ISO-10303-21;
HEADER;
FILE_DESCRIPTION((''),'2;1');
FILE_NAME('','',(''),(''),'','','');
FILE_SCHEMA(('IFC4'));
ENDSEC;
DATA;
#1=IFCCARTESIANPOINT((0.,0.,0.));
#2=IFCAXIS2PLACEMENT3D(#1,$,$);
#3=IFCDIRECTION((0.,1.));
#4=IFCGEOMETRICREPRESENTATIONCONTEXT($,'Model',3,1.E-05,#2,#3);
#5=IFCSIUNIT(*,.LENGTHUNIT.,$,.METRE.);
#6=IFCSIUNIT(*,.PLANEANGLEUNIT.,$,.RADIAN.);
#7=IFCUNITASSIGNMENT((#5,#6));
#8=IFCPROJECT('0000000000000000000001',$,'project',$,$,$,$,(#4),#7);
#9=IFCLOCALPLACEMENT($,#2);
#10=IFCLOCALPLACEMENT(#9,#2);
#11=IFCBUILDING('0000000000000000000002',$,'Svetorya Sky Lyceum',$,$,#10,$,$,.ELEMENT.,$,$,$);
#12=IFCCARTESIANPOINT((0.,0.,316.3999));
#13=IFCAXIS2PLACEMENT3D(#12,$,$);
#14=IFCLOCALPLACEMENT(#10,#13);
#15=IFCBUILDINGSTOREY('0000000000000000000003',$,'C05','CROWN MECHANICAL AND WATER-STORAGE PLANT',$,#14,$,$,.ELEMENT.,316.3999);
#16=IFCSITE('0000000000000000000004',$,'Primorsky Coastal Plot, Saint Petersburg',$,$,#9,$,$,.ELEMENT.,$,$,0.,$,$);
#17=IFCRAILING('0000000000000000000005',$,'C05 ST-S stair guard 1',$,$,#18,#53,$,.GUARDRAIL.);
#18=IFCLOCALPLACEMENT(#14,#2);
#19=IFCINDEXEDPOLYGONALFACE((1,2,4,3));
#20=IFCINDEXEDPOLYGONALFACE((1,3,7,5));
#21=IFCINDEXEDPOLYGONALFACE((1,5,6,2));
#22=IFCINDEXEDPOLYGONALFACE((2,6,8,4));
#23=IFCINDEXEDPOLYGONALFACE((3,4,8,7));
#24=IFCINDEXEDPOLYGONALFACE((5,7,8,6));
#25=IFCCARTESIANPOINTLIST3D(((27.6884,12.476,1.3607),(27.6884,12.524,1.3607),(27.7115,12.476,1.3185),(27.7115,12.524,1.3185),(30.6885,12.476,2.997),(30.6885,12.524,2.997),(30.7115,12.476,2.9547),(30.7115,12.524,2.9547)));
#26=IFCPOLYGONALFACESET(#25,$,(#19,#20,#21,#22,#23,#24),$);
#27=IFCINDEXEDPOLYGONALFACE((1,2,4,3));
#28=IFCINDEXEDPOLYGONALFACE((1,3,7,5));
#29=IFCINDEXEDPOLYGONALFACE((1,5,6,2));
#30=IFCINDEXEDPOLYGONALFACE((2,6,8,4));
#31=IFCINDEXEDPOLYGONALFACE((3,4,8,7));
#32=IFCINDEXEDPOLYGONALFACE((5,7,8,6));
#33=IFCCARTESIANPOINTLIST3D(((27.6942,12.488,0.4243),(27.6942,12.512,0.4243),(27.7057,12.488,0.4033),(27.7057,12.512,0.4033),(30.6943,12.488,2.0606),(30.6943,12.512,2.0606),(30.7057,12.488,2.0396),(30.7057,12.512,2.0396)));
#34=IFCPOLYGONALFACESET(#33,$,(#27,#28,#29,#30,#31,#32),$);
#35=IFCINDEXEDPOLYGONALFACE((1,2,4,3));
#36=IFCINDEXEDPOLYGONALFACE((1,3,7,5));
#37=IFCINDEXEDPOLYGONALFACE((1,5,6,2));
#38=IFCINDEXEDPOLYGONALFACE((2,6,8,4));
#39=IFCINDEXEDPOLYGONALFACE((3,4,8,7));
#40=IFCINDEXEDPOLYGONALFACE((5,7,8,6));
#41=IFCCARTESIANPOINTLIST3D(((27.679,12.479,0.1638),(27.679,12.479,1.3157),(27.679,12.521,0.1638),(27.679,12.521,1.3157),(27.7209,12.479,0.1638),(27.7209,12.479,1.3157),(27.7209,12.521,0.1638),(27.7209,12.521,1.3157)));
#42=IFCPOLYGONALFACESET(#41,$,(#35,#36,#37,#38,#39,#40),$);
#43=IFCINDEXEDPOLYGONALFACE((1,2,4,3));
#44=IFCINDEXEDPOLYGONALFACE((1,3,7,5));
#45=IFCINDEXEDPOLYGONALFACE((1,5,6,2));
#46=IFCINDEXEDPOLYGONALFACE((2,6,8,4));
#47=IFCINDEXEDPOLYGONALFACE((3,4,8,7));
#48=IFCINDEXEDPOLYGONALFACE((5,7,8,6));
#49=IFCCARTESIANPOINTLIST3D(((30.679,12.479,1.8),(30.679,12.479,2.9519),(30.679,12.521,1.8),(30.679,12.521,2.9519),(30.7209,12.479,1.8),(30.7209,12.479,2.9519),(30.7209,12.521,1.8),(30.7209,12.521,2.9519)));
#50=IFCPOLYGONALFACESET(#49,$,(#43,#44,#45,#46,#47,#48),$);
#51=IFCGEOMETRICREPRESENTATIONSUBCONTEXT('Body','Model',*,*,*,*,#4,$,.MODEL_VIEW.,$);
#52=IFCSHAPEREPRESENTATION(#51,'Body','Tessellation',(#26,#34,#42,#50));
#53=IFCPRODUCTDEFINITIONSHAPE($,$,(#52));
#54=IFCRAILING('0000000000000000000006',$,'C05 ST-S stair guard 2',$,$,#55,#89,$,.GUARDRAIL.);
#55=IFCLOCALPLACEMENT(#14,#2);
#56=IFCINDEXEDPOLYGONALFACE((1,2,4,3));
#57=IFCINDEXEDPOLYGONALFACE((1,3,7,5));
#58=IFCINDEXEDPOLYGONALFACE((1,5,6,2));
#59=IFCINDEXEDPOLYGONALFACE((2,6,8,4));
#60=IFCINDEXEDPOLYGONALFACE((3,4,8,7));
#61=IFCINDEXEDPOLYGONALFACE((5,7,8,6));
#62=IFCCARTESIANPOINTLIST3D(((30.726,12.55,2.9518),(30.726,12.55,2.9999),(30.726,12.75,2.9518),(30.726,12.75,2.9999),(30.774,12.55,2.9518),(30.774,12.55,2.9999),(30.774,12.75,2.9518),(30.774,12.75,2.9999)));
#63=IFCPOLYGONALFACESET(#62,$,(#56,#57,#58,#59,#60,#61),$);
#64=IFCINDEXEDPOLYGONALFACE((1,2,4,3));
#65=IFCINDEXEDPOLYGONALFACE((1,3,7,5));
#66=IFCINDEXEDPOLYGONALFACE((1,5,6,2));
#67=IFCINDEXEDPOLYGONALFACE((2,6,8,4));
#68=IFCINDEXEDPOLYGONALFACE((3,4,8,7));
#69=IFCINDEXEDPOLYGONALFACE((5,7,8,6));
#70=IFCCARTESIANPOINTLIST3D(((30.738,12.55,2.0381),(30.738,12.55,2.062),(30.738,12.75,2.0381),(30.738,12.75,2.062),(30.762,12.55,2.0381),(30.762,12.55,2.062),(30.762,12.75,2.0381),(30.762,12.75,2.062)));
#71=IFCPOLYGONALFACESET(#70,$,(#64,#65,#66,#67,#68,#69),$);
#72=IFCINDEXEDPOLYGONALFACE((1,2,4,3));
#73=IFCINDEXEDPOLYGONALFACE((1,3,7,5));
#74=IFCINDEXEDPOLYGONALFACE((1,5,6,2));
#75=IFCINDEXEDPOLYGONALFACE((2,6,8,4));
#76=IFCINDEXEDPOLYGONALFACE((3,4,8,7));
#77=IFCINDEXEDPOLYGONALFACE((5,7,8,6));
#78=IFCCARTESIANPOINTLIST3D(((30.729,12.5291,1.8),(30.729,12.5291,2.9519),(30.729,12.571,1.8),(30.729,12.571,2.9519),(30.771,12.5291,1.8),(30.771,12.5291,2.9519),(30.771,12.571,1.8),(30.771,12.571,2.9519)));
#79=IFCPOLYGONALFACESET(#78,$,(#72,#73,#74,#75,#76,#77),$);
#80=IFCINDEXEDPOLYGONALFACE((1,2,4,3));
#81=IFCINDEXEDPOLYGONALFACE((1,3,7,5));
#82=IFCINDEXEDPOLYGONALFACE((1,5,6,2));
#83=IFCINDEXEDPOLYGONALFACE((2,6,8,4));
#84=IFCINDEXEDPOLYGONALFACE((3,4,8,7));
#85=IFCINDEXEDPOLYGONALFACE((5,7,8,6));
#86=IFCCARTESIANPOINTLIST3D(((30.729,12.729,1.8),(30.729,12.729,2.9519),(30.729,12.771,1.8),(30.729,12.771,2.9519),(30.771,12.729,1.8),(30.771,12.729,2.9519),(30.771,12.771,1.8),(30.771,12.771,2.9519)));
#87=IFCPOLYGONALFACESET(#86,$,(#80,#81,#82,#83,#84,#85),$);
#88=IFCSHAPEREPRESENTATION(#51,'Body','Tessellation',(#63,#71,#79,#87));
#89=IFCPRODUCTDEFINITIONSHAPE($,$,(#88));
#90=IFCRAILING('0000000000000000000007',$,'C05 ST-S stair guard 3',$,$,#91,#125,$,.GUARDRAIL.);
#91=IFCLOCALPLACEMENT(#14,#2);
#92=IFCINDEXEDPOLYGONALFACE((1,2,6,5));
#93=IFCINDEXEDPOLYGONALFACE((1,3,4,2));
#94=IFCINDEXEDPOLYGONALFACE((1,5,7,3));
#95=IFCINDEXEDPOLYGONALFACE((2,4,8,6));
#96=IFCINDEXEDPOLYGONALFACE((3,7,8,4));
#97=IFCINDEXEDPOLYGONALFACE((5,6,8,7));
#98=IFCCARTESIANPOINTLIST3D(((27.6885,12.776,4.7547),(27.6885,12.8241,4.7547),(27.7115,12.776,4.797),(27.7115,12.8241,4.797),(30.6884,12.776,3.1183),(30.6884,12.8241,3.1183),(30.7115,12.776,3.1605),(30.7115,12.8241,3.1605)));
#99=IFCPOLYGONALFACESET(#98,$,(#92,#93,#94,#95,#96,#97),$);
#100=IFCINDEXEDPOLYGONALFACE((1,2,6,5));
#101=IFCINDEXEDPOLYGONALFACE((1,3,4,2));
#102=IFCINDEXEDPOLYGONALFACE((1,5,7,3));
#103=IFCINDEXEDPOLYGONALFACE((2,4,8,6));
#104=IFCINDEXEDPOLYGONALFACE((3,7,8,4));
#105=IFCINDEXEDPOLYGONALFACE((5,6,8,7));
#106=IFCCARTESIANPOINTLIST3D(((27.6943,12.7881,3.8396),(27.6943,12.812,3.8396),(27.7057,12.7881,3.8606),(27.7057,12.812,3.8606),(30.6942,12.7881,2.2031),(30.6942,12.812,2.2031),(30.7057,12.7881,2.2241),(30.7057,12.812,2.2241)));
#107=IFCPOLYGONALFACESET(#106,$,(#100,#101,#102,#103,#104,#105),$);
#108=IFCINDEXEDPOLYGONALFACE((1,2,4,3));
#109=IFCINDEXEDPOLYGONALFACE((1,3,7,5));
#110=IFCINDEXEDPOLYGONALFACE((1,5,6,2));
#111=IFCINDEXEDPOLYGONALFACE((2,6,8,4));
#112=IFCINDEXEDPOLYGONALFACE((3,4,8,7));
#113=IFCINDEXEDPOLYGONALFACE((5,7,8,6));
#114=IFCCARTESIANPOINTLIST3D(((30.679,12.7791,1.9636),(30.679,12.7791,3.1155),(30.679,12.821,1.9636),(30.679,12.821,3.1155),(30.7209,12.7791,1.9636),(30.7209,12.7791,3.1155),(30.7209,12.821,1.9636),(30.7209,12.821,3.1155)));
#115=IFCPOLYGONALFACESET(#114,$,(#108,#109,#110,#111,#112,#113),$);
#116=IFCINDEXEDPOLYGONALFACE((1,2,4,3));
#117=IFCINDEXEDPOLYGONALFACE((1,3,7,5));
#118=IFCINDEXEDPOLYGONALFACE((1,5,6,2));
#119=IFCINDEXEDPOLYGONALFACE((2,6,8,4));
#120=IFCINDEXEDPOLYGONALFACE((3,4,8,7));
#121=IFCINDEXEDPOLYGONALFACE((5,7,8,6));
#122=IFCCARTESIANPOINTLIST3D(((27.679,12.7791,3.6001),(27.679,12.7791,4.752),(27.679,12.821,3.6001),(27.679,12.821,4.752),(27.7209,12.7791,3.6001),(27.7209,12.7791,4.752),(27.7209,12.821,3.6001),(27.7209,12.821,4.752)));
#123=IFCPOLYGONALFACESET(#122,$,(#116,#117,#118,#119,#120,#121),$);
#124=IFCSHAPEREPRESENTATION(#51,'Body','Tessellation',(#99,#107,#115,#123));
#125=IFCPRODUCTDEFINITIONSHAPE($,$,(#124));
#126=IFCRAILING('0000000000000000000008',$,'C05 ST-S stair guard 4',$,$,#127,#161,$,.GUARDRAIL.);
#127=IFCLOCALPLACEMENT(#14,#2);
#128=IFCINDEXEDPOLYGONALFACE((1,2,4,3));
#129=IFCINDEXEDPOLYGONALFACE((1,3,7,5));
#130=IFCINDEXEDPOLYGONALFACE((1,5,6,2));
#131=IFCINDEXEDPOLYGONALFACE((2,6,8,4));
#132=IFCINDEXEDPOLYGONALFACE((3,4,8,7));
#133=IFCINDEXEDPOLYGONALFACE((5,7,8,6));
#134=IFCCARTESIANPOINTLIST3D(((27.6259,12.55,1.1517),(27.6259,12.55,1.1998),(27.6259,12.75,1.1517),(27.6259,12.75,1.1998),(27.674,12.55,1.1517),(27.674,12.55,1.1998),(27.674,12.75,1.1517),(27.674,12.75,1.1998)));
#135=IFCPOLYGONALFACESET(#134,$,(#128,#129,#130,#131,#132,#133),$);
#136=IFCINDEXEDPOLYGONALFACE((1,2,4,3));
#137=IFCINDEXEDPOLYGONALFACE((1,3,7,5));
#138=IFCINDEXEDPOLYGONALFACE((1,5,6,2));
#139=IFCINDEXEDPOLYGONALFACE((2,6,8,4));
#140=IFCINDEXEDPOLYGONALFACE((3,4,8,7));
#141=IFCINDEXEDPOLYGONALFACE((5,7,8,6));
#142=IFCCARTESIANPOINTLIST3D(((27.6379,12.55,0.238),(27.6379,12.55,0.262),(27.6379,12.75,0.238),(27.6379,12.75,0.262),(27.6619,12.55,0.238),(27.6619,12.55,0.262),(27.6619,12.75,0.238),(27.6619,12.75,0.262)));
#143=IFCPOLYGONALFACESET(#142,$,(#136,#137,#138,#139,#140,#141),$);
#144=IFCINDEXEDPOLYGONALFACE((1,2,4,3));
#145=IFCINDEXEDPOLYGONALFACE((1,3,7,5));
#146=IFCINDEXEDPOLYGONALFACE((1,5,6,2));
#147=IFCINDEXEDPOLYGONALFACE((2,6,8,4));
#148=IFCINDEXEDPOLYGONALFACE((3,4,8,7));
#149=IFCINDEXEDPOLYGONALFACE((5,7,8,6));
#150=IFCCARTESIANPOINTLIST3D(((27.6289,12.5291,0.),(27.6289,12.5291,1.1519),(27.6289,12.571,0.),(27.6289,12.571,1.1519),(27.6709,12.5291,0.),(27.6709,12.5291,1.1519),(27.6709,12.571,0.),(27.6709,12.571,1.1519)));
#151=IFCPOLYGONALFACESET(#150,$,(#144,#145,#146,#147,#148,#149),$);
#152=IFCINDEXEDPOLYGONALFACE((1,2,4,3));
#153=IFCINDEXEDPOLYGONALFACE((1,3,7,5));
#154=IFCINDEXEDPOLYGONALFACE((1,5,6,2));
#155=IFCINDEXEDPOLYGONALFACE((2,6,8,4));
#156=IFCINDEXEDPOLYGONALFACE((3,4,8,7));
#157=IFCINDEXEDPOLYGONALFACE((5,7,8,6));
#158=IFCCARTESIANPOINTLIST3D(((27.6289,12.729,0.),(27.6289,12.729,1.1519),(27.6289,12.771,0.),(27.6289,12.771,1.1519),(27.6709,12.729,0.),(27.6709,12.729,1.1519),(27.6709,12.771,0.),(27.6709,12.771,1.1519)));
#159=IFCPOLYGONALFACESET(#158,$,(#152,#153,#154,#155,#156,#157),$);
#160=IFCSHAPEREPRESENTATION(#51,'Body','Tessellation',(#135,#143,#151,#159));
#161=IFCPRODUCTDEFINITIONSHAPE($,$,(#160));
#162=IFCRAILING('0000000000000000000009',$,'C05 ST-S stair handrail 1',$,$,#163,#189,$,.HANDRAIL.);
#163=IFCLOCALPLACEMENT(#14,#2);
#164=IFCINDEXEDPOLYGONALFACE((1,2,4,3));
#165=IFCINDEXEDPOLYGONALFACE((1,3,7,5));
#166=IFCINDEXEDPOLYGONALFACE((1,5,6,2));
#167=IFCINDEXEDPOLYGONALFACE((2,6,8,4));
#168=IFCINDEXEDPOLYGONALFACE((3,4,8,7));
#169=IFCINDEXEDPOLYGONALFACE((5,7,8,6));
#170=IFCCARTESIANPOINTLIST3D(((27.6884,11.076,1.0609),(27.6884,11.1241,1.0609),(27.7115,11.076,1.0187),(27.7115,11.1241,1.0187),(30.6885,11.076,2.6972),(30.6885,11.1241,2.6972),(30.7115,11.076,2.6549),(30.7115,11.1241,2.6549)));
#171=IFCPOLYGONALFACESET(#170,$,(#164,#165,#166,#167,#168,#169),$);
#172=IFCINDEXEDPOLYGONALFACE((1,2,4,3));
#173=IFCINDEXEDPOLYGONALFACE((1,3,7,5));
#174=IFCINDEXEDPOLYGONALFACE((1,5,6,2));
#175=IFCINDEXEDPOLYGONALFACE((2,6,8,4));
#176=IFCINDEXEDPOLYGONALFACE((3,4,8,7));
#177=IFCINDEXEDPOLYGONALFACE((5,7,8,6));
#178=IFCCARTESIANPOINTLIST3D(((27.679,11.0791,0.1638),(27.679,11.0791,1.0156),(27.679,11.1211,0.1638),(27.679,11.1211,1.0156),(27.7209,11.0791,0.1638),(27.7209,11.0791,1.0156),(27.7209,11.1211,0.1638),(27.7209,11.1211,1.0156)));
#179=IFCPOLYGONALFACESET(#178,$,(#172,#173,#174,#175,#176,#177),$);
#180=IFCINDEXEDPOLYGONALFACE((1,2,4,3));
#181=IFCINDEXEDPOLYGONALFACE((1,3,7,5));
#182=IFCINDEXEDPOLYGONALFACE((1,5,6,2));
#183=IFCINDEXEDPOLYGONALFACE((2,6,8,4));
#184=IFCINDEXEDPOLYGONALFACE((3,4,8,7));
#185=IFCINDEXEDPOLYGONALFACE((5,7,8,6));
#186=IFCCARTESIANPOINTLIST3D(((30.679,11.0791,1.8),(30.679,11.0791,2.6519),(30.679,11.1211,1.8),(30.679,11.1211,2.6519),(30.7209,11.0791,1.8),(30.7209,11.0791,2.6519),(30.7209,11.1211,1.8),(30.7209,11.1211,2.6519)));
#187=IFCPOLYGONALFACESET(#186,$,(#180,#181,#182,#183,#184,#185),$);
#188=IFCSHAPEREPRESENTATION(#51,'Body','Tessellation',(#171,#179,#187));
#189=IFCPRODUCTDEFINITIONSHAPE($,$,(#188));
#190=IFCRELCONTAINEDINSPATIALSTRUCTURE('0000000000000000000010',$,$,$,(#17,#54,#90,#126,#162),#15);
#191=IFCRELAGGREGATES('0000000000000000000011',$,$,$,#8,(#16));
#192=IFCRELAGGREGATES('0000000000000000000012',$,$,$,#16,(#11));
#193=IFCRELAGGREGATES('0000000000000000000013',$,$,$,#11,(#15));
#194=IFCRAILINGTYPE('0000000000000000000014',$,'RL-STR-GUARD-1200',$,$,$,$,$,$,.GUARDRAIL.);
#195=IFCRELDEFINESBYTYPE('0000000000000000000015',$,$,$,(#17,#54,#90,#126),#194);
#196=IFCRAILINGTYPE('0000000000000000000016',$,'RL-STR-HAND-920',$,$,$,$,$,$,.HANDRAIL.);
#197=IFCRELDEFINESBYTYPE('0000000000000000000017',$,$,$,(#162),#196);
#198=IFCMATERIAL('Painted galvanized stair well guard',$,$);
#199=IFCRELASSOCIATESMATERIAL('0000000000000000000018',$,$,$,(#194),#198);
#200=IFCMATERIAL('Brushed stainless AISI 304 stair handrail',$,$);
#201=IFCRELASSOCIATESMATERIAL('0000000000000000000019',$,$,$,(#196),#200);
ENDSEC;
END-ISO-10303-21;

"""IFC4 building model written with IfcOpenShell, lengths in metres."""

from ifc_helpers import new_model, si_unit, direction, frame, origin, origin_2d, place, context, subcontext, project, spatial, rectangle, extrude, material, type_object, element, save


model = new_model("IFC4")

# Units and contexts
model_context = context("Model", 3, precision=1e-05, world=origin(), true_north=direction((0.0, 1.0)))
body_context = subcontext(model_context, "Body", "Model", "MODEL_VIEW")
ifc_project = project(units=[si_unit("LENGTHUNIT", "METRE"), si_unit("PLANEANGLEUNIT", "RADIAN")], contexts=[model_context])

# Site, building, storey
site_placement = place(None, origin())
site = spatial("IfcSite", under=ifc_project, at=site_placement, Name="Primorsky Coastal Plot, Saint Petersburg", CompositionType="ELEMENT", RefElevation=0.0)
building_placement = place(site_placement, origin())
building = spatial("IfcBuilding", under=site, at=building_placement, Name="Svetorya Sky Lyceum", CompositionType="ELEMENT")
storey_placement = place(building_placement, frame((0.0, 0.0, 316.3999)))
storey = spatial("IfcBuildingStorey", under=building, at=storey_placement, Name="C05", Description="CROWN MECHANICAL AND WATER-STORAGE PLANT", CompositionType="ELEMENT", Elevation=316.3999)

# Railings
ifc_material_1 = material(Name="Painted galvanized stair well guard")
railing_type_1 = type_object("IfcRailingType", Name="RL-STR-GUARD-1200", PredefinedType="GUARDRAIL", material=ifc_material_1)
railing_1_placement = place(storey_placement, frame((27.7, 12.5, 0.1638)))
element("IfcRailing", 1, at=railing_1_placement, inside=storey, type_object=railing_type_1, Name="C05 ST-S stair guard 1", PredefinedType="GUARDRAIL", context=body_context, shape_type="SweptSolid", body=[
    extrude(rectangle(XDim=0.0481, YDim=0.0481, at=origin_2d()), frame((0.0, 0.0, 1.1758), z_axis=(0.877912, 0.0, 0.478822), x_axis=(0.0, 1.0, 0.0)), (0.0, 0.0, 1.0), 3.4172),
    extrude(rectangle(XDim=0.0239, YDim=0.0239, at=origin_2d()), frame((0.0, 0.0, 0.25), z_axis=(0.877912, 0.0, 0.478822), x_axis=(0.0, 1.0, 0.0)), (0.0, 0.0, 1.0), 3.4172),
    extrude(rectangle(XDim=0.042, YDim=0.042, at=origin_2d()), origin(), (0.0, 0.0, 1.0), 1.1519),
    extrude(rectangle(XDim=0.042, YDim=0.042, at=origin_2d()), frame((3.0, 0.0, 1.6362)), (0.0, 0.0, 1.0), 1.1519),
])
railing_2_placement = place(storey_placement, frame((30.75, 12.55, 1.8)))
element("IfcRailing", 2, at=railing_2_placement, inside=storey, type_object=railing_type_1, Name="C05 ST-S stair guard 2", PredefinedType="GUARDRAIL", context=body_context, shape_type="SweptSolid", body=[
    extrude(rectangle(XDim=0.0481, YDim=0.0481, at=origin_2d()), frame((0.0, 0.0, 1.1758), z_axis=(0.0, 1.0, 0.0), x_axis=(-1.0, 0.0, 0.0)), (0.0, 0.0, 1.0), 0.2),
    extrude(rectangle(XDim=0.0239, YDim=0.0239, at=origin_2d()), frame((0.0, 0.0, 0.25), z_axis=(0.0, 1.0, 0.0), x_axis=(-1.0, 0.0, 0.0)), (0.0, 0.0, 1.0), 0.2),
    extrude(rectangle(XDim=0.042, YDim=0.042, at=origin_2d()), origin(), (0.0, 0.0, 1.0), 1.1519),
    extrude(rectangle(XDim=0.042, YDim=0.042, at=origin_2d()), frame((0.0, 0.2, 0.0)), (0.0, 0.0, 1.0), 1.1519),
])
railing_3_placement = place(storey_placement, frame((30.7, 12.8, 1.9636)))
element("IfcRailing", 3, at=railing_3_placement, inside=storey, type_object=railing_type_1, Name="C05 ST-S stair guard 3", PredefinedType="GUARDRAIL", context=body_context, shape_type="SweptSolid", body=[
    extrude(rectangle(XDim=0.0481, YDim=0.0481, at=origin_2d()), frame((0.0, 0.0, 1.1758), z_axis=(-0.877882, 0.0, 0.478877), x_axis=(0.0, -1.0, 0.0)), (0.0, 0.0, 1.0), 3.4172),
    extrude(rectangle(XDim=0.0239, YDim=0.0239, at=origin_2d()), frame((0.0, 0.0, 0.25), z_axis=(-0.877882, 0.0, 0.478877), x_axis=(0.0, -1.0, 0.0)), (0.0, 0.0, 1.0), 3.4172),
    extrude(rectangle(XDim=0.042, YDim=0.042, at=origin_2d()), origin(), (0.0, 0.0, 1.0), 1.1519),
    extrude(rectangle(XDim=0.042, YDim=0.042, at=origin_2d()), frame((-3.0, 0.0, 1.6365)), (0.0, 0.0, 1.0), 1.1519),
])
railing_4_placement = place(storey_placement, frame((27.6499, 12.55, 0.0)))
element("IfcRailing", 4, at=railing_4_placement, inside=storey, type_object=railing_type_1, Name="C05 ST-S stair guard 4", PredefinedType="GUARDRAIL", context=body_context, shape_type="SweptSolid", body=[
    extrude(rectangle(XDim=0.0481, YDim=0.0481, at=origin_2d()), frame((0.0, 0.0, 1.1758), z_axis=(0.0, 1.0, 0.0), x_axis=(-1.0, 0.0, 0.0)), (0.0, 0.0, 1.0), 0.2),
    extrude(rectangle(XDim=0.0239, YDim=0.0239, at=origin_2d()), frame((0.0, 0.0, 0.25), z_axis=(0.0, 1.0, 0.0), x_axis=(-1.0, 0.0, 0.0)), (0.0, 0.0, 1.0), 0.2),
    extrude(rectangle(XDim=0.042, YDim=0.042, at=origin_2d()), origin(), (0.0, 0.0, 1.0), 1.1519),
    extrude(rectangle(XDim=0.042, YDim=0.042, at=origin_2d()), frame((0.0, 0.2, 0.0)), (0.0, 0.0, 1.0), 1.1519),
])
ifc_material_2 = material(Name="Brushed stainless AISI 304 stair handrail")
railing_type_2 = type_object("IfcRailingType", Name="RL-STR-HAND-920", PredefinedType="HANDRAIL", material=ifc_material_2)
railing_5_placement = place(storey_placement, frame((27.7, 11.1001, 0.1638)))
element("IfcRailing", 5, at=railing_5_placement, inside=storey, type_object=railing_type_2, Name="C05 ST-S stair handrail 1", PredefinedType="HANDRAIL", context=body_context, shape_type="SweptSolid", body=[
    extrude(rectangle(XDim=0.0481, YDim=0.0481, at=origin_2d()), frame((0.0, 0.0, 0.876), z_axis=(0.877912, 0.0, 0.478822), x_axis=(0.0, 1.0, 0.0)), (0.0, 0.0, 1.0), 3.4172),
    extrude(rectangle(XDim=0.042, YDim=0.042, at=origin_2d()), origin(), (0.0, 0.0, 1.0), 0.8518),
    extrude(rectangle(XDim=0.042, YDim=0.042, at=origin_2d()), frame((3.0, 0.0, 1.6362)), (0.0, 0.0, 1.0), 0.8518),
])

save(model, "model.ifc")
